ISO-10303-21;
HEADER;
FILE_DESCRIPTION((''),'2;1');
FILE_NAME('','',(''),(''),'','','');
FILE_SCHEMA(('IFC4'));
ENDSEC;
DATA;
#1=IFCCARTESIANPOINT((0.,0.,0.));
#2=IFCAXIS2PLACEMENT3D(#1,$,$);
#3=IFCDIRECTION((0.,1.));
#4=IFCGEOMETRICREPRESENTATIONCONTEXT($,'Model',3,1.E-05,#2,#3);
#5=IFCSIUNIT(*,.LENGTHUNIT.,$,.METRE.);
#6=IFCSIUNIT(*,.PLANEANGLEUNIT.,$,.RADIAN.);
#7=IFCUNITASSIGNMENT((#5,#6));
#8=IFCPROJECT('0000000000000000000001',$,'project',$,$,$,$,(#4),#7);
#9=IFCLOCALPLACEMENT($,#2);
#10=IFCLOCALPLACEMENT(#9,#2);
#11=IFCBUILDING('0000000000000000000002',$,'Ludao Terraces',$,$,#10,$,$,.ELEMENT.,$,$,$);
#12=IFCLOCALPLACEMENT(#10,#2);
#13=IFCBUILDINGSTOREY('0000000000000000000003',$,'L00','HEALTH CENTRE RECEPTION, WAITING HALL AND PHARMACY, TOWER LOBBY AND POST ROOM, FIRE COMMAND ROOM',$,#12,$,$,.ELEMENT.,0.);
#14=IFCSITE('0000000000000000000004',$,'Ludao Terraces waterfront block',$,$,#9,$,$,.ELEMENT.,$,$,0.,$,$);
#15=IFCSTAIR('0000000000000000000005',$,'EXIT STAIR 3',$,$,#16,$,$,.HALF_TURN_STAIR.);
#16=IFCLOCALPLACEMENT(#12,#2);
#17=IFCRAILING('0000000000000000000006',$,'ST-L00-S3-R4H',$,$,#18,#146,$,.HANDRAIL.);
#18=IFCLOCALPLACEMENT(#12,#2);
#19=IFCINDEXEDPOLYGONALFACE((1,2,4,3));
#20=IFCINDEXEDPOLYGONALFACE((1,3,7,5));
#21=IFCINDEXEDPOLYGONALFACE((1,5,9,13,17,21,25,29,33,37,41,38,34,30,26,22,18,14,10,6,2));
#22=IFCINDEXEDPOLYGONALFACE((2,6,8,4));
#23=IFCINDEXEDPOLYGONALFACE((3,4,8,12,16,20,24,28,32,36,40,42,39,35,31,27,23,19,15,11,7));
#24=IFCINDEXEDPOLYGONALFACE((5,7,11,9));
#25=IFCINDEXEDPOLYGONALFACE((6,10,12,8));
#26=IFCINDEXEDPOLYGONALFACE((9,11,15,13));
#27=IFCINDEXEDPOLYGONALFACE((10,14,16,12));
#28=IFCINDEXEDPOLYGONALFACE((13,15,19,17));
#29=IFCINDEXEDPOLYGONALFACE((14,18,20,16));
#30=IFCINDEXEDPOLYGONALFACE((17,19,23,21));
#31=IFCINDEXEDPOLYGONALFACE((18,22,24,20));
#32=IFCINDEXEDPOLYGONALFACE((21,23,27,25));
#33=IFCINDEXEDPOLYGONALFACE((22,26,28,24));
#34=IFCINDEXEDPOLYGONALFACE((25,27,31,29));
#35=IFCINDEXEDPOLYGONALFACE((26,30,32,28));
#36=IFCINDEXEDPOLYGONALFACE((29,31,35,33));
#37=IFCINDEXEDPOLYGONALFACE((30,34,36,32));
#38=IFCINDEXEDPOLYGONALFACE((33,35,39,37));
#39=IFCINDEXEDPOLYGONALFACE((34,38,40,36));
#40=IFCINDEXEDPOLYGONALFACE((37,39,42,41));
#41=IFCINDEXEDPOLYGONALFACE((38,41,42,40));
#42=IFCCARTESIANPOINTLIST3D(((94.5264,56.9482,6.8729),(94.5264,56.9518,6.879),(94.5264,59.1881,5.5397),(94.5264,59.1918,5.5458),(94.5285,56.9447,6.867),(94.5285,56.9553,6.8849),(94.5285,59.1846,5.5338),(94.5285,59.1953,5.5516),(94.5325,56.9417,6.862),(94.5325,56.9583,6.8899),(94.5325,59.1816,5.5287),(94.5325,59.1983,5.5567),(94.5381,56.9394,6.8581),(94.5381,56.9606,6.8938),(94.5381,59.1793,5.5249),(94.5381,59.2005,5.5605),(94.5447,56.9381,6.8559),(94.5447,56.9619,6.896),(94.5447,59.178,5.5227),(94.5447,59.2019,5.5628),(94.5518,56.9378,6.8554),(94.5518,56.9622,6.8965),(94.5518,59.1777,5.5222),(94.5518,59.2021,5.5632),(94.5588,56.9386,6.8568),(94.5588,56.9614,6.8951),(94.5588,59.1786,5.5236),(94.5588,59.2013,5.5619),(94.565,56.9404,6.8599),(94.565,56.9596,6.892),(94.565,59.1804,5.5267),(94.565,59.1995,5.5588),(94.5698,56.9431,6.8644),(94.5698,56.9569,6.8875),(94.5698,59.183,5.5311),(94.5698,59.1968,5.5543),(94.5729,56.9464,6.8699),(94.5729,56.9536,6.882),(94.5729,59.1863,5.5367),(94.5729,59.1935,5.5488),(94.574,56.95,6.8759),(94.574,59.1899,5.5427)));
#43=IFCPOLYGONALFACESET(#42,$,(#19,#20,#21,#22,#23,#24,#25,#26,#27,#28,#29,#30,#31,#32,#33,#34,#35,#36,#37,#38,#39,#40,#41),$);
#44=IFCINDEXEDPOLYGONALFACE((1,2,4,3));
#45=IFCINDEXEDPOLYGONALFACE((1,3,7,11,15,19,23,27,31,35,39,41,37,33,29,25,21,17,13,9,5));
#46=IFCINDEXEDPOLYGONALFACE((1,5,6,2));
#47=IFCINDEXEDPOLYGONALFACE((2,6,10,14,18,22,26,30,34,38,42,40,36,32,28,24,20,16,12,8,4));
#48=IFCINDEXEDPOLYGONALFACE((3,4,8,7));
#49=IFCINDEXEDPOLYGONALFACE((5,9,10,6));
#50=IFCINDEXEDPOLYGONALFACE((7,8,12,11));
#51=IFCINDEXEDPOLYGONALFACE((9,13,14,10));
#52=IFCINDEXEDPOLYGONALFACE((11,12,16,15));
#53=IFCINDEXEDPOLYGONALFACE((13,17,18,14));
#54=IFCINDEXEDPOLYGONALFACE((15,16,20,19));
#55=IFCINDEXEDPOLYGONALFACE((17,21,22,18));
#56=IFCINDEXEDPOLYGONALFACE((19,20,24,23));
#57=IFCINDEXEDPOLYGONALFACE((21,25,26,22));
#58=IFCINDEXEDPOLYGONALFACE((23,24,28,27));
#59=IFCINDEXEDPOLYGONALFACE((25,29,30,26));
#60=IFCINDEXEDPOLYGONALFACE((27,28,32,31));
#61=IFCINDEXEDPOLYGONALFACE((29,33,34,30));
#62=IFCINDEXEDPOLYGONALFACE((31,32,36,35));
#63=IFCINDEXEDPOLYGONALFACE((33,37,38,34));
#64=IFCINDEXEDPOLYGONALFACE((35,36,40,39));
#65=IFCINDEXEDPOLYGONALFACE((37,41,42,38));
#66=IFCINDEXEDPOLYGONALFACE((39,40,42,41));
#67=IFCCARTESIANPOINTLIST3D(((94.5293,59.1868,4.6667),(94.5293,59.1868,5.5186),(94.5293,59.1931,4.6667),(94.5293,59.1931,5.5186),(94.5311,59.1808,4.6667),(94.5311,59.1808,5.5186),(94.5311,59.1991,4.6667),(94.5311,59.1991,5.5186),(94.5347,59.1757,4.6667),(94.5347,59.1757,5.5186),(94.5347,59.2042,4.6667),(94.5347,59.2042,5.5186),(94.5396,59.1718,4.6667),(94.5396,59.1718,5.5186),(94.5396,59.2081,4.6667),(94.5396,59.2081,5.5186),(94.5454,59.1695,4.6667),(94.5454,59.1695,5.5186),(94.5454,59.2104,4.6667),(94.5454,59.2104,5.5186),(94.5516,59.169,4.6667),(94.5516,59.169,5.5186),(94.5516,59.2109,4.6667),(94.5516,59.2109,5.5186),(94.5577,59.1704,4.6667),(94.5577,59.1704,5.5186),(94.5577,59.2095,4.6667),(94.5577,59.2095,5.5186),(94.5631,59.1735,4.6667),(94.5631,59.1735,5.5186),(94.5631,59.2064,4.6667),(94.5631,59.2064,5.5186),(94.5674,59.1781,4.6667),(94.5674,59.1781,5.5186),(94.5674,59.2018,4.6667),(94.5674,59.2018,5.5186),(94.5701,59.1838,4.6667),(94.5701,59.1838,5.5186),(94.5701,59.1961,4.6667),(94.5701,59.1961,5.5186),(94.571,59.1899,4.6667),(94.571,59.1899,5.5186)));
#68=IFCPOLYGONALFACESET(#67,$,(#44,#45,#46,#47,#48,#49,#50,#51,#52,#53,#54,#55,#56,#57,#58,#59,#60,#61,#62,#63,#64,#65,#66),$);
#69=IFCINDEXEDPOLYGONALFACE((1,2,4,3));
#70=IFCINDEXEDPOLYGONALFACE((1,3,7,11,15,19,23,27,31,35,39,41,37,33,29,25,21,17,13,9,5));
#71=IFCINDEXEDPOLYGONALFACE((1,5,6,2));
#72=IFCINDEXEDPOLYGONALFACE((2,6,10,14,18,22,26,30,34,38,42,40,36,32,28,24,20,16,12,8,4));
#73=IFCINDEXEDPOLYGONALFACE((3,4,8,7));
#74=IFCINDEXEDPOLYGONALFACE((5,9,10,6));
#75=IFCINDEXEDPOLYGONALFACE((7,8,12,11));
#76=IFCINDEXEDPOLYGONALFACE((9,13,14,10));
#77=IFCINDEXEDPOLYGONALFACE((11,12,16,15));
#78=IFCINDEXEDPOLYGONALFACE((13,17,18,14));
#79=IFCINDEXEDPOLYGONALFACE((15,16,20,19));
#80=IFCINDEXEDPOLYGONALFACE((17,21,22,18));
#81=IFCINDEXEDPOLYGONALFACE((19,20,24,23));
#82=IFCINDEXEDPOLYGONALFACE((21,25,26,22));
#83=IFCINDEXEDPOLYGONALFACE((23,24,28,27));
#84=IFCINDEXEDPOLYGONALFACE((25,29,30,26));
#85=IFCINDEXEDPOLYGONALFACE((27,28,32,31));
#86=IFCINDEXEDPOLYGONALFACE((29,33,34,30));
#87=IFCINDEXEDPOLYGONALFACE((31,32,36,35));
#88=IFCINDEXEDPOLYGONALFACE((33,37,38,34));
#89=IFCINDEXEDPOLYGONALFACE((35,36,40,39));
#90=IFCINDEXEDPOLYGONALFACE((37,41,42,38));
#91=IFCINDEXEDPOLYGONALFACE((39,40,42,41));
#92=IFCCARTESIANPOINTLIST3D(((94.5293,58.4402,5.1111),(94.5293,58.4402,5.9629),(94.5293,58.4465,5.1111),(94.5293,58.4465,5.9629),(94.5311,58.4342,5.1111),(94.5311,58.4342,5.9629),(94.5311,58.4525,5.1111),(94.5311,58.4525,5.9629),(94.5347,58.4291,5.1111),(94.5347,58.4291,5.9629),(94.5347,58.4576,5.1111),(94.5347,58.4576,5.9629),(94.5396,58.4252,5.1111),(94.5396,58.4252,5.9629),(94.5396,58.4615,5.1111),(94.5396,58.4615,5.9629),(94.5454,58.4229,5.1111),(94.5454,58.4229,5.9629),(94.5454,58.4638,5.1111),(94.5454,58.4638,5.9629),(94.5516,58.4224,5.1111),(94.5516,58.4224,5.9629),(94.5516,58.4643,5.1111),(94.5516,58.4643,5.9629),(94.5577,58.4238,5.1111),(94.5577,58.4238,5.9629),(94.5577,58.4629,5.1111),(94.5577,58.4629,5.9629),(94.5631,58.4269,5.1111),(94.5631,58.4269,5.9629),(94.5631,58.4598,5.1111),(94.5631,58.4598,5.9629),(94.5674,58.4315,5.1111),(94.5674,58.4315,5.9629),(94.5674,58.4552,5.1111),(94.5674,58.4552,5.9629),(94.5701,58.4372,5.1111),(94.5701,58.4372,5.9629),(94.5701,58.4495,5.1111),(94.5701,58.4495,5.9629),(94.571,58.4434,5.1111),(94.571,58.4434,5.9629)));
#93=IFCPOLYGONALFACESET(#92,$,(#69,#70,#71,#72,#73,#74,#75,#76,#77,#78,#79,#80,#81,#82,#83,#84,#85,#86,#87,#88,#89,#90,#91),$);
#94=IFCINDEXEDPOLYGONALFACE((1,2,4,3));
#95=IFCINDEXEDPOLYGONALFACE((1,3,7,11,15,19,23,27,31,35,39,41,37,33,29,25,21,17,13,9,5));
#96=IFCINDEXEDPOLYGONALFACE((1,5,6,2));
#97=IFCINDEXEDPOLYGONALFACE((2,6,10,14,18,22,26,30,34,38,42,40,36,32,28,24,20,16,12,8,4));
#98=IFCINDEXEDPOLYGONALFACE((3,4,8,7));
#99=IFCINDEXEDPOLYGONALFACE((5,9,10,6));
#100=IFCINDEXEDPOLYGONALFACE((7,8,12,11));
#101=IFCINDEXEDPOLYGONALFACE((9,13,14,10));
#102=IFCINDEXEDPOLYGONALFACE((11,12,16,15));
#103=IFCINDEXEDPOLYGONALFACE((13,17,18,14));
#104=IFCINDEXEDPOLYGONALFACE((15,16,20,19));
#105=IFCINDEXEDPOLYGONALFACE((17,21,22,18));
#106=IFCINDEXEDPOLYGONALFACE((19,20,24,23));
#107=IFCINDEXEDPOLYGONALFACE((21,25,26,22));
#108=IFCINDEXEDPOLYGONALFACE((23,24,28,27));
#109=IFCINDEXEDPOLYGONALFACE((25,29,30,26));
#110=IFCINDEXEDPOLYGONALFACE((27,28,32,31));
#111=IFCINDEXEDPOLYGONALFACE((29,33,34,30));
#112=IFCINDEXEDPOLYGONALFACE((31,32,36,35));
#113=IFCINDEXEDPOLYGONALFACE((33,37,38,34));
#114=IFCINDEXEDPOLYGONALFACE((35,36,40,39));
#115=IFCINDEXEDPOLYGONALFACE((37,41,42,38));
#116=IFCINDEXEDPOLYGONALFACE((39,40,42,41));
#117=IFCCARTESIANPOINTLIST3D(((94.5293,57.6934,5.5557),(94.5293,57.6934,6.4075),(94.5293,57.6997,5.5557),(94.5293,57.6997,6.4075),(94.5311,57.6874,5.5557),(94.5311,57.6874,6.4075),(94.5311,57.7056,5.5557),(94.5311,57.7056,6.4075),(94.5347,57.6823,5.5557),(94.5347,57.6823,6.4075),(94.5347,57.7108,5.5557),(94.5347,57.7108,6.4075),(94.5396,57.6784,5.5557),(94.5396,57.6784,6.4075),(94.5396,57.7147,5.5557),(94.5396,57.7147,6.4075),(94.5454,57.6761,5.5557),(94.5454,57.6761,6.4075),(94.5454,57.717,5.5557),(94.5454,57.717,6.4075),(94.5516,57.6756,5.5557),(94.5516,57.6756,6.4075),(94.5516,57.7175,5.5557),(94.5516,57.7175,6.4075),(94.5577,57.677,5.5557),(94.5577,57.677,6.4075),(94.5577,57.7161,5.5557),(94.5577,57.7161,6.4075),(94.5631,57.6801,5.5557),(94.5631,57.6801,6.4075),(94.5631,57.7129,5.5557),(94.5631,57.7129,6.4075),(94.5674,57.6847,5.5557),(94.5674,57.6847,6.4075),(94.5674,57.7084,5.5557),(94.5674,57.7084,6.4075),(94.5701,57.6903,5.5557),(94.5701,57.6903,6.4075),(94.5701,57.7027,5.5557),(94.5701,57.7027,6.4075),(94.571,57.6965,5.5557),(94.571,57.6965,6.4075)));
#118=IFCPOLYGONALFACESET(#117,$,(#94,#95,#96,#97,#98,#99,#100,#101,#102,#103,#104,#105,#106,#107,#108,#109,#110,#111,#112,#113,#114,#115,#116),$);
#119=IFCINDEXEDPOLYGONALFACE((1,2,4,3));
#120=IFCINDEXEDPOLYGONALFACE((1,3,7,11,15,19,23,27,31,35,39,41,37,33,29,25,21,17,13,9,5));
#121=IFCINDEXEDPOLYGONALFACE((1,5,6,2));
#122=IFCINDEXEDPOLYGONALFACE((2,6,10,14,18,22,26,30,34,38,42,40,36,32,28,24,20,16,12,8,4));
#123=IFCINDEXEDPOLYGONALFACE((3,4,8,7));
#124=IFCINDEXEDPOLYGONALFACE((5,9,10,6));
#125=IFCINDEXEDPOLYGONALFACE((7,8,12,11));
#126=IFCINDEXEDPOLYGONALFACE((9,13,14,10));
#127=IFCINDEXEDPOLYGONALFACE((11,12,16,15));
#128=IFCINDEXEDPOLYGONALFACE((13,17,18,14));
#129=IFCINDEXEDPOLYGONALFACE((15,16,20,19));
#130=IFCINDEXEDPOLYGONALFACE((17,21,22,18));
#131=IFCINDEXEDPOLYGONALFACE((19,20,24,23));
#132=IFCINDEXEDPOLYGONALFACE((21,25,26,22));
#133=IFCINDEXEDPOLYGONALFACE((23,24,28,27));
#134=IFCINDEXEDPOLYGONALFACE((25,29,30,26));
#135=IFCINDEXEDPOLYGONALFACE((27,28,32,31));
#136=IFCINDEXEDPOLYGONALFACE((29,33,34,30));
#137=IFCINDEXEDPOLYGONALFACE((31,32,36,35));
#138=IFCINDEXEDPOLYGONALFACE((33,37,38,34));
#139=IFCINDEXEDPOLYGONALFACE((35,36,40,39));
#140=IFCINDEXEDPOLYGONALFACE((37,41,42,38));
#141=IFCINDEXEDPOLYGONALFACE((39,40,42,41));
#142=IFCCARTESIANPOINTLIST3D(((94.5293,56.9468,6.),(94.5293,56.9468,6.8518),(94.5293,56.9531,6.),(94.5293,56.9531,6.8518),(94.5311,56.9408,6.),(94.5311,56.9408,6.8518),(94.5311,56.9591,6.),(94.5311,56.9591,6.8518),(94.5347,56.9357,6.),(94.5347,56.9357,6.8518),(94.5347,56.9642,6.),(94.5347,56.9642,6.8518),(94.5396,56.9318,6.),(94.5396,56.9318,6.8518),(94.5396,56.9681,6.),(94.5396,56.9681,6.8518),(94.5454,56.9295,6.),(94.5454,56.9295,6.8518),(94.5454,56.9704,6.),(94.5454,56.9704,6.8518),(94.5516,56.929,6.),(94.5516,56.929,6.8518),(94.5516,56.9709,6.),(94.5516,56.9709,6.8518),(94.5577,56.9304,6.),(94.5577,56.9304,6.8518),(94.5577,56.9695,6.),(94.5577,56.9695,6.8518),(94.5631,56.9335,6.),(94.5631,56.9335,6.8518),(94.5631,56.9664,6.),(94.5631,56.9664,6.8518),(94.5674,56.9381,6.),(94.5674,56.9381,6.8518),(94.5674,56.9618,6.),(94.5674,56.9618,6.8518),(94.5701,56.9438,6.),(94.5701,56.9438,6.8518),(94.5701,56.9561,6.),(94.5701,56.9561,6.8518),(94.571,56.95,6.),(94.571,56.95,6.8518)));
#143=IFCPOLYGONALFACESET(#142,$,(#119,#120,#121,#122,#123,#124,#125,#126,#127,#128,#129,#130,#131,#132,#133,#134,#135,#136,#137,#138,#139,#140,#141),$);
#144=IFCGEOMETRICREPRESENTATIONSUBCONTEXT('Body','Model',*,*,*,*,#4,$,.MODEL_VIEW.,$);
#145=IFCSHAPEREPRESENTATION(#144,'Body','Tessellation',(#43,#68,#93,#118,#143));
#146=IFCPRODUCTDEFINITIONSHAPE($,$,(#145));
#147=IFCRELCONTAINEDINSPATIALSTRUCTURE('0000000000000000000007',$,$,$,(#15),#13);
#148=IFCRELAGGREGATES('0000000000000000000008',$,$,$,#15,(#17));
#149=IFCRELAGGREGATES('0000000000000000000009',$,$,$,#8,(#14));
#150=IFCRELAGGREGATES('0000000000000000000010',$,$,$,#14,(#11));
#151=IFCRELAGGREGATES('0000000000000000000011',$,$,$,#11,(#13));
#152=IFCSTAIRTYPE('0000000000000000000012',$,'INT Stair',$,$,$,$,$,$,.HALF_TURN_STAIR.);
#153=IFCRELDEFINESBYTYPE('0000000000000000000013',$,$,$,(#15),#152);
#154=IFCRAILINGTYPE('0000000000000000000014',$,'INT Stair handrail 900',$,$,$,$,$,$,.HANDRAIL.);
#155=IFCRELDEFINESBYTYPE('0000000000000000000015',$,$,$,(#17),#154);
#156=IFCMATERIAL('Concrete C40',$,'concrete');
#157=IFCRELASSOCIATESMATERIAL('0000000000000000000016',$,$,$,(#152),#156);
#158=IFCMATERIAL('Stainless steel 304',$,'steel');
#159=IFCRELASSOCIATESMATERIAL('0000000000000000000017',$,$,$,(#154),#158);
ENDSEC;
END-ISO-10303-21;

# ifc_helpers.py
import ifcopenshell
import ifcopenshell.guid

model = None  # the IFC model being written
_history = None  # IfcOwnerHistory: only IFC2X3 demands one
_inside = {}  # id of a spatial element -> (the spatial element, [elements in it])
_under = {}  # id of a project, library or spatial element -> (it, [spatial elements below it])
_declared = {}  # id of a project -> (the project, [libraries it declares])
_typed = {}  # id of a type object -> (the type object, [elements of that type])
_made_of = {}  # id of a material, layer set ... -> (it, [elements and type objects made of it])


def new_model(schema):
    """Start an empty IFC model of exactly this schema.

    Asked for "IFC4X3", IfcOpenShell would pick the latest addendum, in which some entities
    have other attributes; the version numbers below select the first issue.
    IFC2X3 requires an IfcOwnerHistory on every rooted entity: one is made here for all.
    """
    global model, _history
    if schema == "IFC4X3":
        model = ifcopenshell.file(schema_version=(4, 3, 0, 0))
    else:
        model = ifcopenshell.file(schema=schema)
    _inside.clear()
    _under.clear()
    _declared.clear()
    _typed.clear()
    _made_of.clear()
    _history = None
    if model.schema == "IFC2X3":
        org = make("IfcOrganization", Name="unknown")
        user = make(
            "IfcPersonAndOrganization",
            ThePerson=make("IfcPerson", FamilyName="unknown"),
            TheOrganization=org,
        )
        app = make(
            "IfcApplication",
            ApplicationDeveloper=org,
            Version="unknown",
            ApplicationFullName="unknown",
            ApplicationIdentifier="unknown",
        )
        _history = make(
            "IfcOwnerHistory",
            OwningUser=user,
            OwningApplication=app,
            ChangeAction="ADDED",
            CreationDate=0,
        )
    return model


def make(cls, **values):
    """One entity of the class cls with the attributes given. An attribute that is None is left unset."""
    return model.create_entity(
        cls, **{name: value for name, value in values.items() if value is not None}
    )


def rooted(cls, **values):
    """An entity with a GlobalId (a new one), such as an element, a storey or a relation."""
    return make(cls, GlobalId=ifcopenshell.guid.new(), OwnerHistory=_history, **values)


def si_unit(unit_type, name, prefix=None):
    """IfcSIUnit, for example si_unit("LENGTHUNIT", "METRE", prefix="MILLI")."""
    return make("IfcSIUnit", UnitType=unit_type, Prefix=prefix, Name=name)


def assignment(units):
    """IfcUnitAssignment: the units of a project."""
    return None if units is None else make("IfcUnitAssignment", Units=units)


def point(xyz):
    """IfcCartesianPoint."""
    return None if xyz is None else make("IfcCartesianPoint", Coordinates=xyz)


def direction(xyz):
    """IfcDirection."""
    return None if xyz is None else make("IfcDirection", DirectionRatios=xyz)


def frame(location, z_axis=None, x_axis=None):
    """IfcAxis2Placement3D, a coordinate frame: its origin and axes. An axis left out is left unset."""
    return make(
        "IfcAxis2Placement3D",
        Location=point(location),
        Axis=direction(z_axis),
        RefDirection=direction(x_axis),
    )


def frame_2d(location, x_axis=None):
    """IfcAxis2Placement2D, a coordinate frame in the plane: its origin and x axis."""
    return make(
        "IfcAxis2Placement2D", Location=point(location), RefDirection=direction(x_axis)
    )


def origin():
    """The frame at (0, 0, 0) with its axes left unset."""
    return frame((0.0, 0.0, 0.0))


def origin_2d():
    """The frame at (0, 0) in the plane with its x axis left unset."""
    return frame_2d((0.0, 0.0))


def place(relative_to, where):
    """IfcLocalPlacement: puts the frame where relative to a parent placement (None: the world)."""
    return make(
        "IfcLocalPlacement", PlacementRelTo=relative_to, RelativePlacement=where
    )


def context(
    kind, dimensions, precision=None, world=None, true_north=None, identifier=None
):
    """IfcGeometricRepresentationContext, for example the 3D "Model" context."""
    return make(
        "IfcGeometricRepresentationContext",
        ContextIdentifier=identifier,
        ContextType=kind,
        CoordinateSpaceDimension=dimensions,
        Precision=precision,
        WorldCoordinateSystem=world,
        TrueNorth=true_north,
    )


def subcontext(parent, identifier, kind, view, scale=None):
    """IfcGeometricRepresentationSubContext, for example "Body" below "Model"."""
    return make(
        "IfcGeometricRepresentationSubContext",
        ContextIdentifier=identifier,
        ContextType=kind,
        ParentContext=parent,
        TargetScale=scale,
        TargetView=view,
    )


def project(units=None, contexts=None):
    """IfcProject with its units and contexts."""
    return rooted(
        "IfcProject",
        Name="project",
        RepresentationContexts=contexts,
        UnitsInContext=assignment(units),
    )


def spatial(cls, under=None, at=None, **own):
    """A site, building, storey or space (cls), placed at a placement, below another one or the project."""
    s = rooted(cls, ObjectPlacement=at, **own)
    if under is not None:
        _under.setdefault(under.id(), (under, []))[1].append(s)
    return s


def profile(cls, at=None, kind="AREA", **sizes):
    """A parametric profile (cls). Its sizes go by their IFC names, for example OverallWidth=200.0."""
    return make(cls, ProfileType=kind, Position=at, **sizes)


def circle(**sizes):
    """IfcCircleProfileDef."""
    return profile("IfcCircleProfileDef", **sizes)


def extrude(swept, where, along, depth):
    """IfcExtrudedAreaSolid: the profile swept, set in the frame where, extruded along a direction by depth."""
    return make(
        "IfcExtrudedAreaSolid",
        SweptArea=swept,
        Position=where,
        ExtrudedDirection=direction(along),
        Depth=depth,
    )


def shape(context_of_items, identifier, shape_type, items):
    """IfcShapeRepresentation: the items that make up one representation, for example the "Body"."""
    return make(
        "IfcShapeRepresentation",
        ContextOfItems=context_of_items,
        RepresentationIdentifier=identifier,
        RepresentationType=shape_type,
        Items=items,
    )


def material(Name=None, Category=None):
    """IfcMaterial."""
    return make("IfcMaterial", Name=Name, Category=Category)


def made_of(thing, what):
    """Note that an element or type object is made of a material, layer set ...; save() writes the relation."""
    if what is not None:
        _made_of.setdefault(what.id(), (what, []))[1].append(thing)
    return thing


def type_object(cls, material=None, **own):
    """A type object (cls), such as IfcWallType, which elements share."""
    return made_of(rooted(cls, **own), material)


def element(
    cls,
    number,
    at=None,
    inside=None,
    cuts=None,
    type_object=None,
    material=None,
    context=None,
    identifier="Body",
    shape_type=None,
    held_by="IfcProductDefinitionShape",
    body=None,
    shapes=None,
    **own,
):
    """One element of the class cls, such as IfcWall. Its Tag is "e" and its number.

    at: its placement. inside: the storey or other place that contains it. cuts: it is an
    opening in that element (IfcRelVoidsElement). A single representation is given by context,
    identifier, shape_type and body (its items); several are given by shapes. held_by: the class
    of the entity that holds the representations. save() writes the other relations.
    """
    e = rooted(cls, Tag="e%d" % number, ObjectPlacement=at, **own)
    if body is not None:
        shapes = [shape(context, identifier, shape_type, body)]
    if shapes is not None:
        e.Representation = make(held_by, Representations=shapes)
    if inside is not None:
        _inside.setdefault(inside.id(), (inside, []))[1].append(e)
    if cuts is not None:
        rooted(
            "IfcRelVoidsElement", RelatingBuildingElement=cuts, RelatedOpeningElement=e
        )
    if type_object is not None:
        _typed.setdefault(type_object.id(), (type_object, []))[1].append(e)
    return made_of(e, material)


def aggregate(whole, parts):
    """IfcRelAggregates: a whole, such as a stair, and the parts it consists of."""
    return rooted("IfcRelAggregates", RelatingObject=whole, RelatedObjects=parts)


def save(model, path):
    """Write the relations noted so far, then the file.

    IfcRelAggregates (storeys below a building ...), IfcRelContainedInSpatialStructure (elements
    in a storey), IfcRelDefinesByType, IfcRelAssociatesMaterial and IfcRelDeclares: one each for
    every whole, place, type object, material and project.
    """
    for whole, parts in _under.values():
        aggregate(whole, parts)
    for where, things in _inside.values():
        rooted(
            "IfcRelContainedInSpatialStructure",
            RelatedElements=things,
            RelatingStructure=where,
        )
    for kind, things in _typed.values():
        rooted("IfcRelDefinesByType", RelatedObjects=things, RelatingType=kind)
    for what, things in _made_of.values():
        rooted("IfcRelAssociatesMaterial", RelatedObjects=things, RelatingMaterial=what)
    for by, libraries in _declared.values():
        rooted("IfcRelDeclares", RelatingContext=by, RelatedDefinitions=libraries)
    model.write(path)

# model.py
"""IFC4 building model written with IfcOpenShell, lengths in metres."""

from ifc_helpers import new_model, si_unit, direction, frame, origin, origin_2d, place, context, subcontext, project, spatial, circle, extrude, material, type_object, element, aggregate, save


model = new_model("IFC4")

# Units and contexts
model_context = context("Model", 3, precision=1e-05, world=origin(), true_north=direction((0.0, 1.0)))
body_context = subcontext(model_context, "Body", "Model", "MODEL_VIEW")
ifc_project = project(units=[si_unit("LENGTHUNIT", "METRE"), si_unit("PLANEANGLEUNIT", "RADIAN")], contexts=[model_context])

# Site, building, storey
site_placement = place(None, origin())
site = spatial("IfcSite", under=ifc_project, at=site_placement, Name="Ludao Terraces waterfront block", CompositionType="ELEMENT", RefElevation=0.0)
building_placement = place(site_placement, origin())
building = spatial("IfcBuilding", under=site, at=building_placement, Name="Ludao Terraces", CompositionType="ELEMENT")
storey_placement = place(building_placement, origin())
storey = spatial("IfcBuildingStorey", under=building, at=storey_placement, Name="L00", Description="HEALTH CENTRE RECEPTION, WAITING HALL AND PHARMACY, TOWER LOBBY AND POST ROOM, FIRE COMMAND ROOM", CompositionType="ELEMENT", Elevation=0.0)

# Stair, railing
ifc_material_1 = material(Name="Concrete C40", Category="concrete")
stair_type = type_object("IfcStairType", Name="INT Stair", PredefinedType="HALF_TURN_STAIR", material=ifc_material_1)
stair_placement = place(storey_placement, origin())
stair = element("IfcStair", 1, at=stair_placement, inside=storey, type_object=stair_type, Name="EXIT STAIR 3", PredefinedType="HALF_TURN_STAIR")
ifc_material_2 = material(Name="Stainless steel 304", Category="steel")
railing_type_1 = type_object("IfcRailingType", Name="INT Stair handrail 900", PredefinedType="HANDRAIL", material=ifc_material_2)
railing_1_placement = place(storey_placement, frame((94.55, 59.1899, 4.6667)))
railing_1 = element("IfcRailing", 2, at=railing_1_placement, type_object=railing_type_1, Name="ST-L00-S3-R4H", PredefinedType="HANDRAIL", context=body_context, shape_type="SweptSolid", body=[
    extrude(circle(Radius=0.0239, at=origin_2d()), frame((0.0, 0.0, 0.876), z_axis=(0.0, -0.859306, 0.511462), x_axis=(1.0, 0.0, 0.0)), (0.0, 0.0, 1.0), 2.6067),
    extrude(circle(Radius=0.021, at=origin_2d()), origin(), (0.0, 0.0, 1.0), 0.8518),
    extrude(circle(Radius=0.021, at=origin_2d()), frame((0.0, -0.7466, 0.4443)), (0.0, 0.0, 1.0), 0.8518),
    extrude(circle(Radius=0.021, at=origin_2d()), frame((0.0, -1.4934, 0.8889)), (0.0, 0.0, 1.0), 0.8518),
    extrude(circle(Radius=0.021, at=origin_2d()), frame((0.0, -2.24, 1.3333)), (0.0, 0.0, 1.0), 0.8518),
])
aggregate(stair, [railing_1])

save(model, "model.ifc")
